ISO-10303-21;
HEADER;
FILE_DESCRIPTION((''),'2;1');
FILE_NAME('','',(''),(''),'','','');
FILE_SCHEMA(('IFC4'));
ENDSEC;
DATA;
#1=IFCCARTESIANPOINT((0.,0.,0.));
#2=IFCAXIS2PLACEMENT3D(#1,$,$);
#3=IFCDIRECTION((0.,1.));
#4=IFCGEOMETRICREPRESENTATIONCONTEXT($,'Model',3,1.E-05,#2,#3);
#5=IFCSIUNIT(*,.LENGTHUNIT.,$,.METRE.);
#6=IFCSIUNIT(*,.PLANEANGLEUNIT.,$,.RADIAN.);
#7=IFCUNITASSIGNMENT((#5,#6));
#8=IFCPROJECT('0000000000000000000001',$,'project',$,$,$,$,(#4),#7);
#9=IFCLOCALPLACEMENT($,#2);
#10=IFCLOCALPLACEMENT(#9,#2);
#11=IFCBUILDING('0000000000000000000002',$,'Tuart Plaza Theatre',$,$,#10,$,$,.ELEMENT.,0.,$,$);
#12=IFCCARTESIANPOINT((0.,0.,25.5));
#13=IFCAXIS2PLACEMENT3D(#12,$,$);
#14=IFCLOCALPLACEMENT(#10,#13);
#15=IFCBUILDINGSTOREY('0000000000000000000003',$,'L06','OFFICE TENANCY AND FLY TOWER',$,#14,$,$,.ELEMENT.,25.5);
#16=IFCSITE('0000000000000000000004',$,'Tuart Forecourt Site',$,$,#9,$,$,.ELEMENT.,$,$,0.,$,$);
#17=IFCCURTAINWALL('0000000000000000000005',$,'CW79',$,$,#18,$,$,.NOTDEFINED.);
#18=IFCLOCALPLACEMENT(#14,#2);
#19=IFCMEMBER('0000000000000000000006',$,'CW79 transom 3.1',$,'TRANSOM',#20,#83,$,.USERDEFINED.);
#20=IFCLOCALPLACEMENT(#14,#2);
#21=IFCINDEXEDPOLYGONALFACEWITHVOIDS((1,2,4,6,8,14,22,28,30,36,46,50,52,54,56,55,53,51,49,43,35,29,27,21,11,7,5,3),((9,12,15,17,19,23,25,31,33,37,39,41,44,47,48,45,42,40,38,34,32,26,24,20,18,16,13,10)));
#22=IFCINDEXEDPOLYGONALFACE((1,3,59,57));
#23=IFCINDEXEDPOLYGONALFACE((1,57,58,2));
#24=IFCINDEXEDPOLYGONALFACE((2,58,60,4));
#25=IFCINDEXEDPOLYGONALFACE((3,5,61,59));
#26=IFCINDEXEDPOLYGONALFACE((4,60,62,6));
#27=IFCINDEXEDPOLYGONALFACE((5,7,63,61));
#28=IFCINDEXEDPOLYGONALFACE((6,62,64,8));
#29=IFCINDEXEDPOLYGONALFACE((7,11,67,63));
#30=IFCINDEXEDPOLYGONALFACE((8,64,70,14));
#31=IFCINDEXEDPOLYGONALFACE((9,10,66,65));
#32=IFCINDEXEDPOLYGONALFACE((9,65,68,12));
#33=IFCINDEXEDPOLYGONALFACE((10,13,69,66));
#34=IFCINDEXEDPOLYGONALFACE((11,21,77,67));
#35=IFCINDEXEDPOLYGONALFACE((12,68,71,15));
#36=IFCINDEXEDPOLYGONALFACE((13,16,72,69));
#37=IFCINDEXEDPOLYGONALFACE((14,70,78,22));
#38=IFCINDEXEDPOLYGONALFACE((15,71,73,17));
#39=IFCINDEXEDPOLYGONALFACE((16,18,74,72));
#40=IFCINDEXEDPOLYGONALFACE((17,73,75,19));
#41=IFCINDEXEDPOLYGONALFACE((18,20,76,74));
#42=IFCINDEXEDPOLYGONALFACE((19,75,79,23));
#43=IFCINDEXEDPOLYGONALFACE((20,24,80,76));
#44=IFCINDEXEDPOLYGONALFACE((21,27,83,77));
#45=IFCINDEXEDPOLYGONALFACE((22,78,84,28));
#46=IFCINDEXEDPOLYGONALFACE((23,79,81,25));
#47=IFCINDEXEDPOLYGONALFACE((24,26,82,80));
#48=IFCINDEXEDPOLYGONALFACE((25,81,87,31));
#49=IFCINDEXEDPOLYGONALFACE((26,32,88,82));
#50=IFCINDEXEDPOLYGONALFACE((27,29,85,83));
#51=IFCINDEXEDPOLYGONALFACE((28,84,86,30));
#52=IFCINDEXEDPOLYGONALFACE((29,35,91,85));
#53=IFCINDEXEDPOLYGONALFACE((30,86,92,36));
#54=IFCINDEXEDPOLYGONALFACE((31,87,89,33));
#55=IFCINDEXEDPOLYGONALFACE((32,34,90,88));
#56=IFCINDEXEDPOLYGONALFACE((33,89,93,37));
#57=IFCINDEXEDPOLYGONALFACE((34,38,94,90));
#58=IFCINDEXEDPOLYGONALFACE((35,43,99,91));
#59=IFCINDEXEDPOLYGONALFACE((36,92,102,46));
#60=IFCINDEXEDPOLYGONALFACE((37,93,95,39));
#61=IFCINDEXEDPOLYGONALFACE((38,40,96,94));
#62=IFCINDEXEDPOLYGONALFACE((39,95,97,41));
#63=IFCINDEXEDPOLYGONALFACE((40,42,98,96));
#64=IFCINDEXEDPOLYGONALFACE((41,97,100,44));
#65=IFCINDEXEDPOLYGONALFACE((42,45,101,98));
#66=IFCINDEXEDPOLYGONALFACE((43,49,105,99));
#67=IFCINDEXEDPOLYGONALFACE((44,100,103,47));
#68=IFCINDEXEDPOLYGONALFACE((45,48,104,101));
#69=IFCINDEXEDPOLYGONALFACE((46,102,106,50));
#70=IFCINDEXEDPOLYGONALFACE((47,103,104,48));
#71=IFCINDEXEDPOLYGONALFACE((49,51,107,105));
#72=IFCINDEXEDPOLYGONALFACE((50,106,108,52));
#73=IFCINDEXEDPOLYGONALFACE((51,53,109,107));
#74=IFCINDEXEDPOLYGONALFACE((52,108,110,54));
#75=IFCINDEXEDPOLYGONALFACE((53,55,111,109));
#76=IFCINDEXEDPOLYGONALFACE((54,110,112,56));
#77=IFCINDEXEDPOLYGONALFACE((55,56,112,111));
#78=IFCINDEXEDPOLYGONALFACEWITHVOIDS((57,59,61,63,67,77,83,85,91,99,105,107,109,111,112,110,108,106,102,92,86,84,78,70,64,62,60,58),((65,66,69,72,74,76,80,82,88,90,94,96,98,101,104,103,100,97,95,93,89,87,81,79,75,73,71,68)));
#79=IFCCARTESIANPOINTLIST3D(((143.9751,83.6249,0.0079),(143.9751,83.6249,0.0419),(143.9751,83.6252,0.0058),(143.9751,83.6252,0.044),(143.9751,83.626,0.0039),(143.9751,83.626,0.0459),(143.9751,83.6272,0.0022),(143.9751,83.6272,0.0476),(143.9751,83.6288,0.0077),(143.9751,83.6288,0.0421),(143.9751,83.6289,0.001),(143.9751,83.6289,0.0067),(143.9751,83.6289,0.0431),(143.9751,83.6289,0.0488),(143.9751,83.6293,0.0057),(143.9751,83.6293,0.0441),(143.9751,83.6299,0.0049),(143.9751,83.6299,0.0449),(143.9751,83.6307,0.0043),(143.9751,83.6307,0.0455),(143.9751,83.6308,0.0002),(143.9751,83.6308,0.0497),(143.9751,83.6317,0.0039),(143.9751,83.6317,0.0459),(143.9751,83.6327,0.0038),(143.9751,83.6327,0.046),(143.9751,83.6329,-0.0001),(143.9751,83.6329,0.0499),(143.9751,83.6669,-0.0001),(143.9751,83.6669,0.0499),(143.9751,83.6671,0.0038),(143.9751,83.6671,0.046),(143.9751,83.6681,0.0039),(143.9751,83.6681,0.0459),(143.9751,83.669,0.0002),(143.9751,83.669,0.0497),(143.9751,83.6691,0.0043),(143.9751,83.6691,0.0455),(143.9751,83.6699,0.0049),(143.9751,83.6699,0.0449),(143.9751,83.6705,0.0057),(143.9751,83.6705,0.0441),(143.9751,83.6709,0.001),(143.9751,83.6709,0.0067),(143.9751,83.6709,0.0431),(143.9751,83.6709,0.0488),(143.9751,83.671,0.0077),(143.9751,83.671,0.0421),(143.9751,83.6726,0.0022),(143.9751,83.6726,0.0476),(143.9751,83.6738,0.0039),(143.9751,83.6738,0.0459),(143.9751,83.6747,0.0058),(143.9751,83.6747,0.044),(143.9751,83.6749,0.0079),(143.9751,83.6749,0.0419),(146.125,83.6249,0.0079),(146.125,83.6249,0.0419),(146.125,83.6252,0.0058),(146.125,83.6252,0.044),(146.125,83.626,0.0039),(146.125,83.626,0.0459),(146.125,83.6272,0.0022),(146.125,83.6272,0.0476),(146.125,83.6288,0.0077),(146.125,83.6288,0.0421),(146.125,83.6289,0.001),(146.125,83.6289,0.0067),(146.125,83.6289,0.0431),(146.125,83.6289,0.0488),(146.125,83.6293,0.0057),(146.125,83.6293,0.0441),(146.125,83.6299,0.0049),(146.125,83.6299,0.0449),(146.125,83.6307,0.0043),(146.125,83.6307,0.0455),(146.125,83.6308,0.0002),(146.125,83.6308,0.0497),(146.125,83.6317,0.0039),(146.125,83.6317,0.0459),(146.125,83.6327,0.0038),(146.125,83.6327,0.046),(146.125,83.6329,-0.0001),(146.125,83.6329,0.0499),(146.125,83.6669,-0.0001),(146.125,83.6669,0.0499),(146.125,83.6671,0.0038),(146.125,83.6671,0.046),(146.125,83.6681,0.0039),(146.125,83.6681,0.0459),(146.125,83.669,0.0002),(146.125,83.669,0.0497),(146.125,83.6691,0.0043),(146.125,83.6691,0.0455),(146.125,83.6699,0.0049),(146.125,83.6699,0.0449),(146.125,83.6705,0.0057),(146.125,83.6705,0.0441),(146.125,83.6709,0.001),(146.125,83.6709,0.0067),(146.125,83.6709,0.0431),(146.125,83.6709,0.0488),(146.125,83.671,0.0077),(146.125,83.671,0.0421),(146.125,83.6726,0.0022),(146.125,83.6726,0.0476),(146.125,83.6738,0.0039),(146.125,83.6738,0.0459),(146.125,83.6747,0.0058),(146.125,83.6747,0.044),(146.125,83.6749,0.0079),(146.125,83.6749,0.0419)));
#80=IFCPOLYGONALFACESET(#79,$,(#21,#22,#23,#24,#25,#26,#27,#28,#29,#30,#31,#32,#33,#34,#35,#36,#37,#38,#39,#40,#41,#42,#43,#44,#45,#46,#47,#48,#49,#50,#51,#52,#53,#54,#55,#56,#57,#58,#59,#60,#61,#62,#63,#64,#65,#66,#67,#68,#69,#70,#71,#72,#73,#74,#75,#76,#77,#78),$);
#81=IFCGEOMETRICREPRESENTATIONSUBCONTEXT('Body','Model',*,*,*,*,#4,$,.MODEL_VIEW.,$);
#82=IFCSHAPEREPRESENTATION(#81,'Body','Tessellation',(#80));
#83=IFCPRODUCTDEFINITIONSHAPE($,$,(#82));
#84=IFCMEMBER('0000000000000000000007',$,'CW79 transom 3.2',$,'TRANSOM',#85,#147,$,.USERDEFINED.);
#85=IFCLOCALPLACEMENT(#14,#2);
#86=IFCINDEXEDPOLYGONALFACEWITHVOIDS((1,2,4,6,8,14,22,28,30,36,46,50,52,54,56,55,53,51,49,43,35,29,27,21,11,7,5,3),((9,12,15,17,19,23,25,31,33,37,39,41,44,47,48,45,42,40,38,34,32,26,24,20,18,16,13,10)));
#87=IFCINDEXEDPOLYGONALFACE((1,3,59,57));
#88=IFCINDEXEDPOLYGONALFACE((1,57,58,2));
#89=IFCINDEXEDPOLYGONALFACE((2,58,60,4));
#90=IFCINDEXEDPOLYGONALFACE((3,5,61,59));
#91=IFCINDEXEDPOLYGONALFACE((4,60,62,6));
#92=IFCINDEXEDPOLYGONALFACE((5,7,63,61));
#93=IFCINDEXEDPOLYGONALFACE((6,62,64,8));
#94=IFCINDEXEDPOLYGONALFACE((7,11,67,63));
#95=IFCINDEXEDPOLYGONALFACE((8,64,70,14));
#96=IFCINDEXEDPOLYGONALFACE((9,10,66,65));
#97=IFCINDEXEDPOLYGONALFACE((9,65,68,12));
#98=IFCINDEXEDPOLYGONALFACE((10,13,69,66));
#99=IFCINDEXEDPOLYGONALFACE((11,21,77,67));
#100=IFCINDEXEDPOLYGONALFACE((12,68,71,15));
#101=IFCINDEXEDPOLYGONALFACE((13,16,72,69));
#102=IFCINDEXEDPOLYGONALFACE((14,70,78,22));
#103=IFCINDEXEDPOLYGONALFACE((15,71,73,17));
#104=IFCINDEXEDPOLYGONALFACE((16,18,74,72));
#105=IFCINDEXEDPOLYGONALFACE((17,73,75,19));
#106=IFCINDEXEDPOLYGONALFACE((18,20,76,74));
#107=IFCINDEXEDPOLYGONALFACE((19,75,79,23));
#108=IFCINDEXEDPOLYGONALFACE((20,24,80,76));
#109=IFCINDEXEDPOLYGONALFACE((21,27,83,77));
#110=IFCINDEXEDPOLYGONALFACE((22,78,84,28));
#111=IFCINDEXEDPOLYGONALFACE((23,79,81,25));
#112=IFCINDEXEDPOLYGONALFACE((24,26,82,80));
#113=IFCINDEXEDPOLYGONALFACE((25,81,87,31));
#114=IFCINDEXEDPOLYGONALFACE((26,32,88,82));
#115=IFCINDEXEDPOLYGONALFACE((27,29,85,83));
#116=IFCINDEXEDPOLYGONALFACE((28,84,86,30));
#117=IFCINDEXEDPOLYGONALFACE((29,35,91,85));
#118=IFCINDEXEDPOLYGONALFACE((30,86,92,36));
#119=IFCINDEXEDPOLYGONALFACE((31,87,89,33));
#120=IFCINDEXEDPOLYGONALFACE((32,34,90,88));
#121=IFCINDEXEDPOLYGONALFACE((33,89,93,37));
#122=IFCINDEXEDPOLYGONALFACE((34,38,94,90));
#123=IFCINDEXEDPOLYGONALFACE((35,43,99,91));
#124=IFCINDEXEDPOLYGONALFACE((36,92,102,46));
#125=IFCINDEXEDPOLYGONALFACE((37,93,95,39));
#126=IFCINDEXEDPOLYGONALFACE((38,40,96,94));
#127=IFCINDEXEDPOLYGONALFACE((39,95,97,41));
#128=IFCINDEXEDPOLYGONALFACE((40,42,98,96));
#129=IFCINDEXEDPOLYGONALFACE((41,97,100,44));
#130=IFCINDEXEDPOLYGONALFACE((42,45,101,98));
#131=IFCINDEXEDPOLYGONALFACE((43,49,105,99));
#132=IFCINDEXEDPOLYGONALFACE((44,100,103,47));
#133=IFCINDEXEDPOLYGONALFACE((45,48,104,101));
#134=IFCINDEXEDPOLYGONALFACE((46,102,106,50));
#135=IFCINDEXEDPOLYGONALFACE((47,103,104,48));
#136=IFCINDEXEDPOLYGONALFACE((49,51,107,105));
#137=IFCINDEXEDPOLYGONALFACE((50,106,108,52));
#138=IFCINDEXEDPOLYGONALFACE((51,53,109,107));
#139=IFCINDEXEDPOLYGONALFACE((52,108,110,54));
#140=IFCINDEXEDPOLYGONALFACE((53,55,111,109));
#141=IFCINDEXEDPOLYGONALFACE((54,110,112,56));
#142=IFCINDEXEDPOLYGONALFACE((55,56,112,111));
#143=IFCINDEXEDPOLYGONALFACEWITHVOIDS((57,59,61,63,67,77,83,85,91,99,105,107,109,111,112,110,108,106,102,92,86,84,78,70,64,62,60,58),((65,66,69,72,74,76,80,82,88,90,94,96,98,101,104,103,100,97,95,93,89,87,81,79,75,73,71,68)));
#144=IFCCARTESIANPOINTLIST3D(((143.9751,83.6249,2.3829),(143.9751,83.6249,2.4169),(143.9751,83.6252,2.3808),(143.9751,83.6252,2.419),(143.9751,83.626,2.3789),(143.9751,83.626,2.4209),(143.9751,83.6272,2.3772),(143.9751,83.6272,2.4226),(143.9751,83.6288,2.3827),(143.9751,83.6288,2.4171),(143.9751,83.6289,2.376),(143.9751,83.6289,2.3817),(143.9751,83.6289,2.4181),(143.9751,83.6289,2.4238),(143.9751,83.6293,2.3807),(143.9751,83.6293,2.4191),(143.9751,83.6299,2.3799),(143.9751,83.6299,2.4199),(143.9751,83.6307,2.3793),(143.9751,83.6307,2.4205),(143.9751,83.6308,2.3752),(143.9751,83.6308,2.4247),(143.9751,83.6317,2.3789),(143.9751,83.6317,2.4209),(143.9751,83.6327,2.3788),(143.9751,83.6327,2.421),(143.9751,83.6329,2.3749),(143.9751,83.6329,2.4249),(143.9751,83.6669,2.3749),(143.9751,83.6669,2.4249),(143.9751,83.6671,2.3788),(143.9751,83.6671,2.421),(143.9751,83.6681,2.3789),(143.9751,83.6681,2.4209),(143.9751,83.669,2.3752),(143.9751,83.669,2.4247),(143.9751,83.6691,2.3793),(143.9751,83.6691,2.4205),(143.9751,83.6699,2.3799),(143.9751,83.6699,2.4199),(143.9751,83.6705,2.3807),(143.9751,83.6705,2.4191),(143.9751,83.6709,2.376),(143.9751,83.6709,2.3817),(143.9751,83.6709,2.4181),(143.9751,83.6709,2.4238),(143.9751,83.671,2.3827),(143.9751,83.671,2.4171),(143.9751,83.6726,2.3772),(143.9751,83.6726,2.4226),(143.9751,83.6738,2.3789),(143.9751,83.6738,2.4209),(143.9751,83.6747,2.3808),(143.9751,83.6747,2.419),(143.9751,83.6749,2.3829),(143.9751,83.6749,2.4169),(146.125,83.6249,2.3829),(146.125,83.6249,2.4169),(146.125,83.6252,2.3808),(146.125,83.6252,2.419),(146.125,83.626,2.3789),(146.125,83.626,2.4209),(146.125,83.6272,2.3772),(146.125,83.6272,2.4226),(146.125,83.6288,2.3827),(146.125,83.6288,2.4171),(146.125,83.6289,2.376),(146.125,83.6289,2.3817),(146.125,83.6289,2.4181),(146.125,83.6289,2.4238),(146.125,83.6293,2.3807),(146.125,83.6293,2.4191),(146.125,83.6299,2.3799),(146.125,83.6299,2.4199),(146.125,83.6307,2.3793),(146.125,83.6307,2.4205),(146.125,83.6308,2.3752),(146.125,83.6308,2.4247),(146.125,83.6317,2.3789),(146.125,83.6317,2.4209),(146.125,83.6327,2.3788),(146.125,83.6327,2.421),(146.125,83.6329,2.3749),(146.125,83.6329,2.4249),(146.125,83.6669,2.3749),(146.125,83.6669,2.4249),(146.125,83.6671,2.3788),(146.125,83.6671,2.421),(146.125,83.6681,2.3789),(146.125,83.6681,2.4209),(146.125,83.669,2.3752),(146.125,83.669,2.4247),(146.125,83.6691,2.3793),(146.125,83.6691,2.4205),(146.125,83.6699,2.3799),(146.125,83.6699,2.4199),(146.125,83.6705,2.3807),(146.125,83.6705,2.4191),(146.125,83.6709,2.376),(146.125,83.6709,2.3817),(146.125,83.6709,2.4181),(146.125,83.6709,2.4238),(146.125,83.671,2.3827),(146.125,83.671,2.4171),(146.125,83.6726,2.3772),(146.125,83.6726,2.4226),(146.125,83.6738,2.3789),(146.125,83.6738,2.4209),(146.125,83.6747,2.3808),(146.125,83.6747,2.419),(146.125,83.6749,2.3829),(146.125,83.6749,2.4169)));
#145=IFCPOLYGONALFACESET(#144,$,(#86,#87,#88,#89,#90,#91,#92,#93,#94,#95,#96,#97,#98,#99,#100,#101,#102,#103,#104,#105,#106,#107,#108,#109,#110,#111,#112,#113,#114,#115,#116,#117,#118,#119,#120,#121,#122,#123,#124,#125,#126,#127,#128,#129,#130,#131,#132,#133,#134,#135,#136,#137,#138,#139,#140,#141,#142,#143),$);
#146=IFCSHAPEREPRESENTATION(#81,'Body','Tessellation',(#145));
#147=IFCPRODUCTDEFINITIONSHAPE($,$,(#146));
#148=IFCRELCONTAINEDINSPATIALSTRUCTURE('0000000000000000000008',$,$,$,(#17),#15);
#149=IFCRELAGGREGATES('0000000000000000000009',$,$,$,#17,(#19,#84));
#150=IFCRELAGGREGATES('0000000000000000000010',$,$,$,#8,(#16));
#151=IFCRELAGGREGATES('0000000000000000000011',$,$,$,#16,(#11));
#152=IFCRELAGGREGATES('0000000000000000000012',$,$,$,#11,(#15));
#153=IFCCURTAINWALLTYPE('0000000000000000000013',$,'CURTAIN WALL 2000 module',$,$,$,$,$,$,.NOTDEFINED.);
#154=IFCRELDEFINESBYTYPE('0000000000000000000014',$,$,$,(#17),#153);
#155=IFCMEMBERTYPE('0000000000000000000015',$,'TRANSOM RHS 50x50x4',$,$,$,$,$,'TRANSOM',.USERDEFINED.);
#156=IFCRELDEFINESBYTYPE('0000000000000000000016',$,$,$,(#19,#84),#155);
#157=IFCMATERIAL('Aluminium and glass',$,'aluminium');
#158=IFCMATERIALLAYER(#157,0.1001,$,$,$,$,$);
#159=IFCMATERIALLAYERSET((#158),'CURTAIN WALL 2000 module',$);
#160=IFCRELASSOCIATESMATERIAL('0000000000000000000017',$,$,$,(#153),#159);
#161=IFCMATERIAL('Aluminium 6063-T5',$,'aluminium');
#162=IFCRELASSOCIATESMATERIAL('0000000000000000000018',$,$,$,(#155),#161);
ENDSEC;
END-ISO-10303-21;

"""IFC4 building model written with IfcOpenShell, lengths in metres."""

from ifc_helpers import new_model, si_unit, direction, frame, origin, origin_2d, place, context, subcontext, project, spatial, hollow_rectangle, extrude, material, layer, layer_set, material_profile, profile_set, type_object, element, aggregate, save


model = new_model("IFC4")

# Units and contexts
model_context = context("Model", 3, precision=1e-05, world=origin(), true_north=direction((0.0, 1.0)))
body_context = subcontext(model_context, "Body", "Model", "MODEL_VIEW")
ifc_project = project(units=[si_unit("LENGTHUNIT", "METRE"), si_unit("PLANEANGLEUNIT", "RADIAN")], contexts=[model_context])

# Site, building, storey
site_placement = place(None, origin())
site = spatial("IfcSite", under=ifc_project, at=site_placement, Name="Tuart Forecourt Site", CompositionType="ELEMENT", RefElevation=0.0)
building_placement = place(site_placement, origin())
building = spatial("IfcBuilding", under=site, at=building_placement, Name="Tuart Plaza Theatre", CompositionType="ELEMENT", ElevationOfRefHeight=0.0)
storey_placement = place(building_placement, frame((0.0, 0.0, 25.5)))
storey = spatial("IfcBuildingStorey", under=building, at=storey_placement, Name="L06", Description="OFFICE TENANCY AND FLY TOWER", CompositionType="ELEMENT", Elevation=25.5)

# Shared definitions
ifc_material_1 = material(Name="Aluminium and glass", Category="aluminium")
ifc_layer_1 = layer(ifc_material_1, 0.1001)
ifc_layer_set_1 = layer_set([ifc_layer_1], Name="CURTAIN WALL 2000 module")
curtain_wall_type = type_object("IfcCurtainWallType", Name="CURTAIN WALL 2000 module", PredefinedType="NOTDEFINED", material=ifc_layer_set_1)

# Curtain wall
curtain_wall_1_placement = place(storey_placement, origin())
curtain_wall_1 = element("IfcCurtainWall", 1, at=curtain_wall_1_placement, inside=storey, type_object=curtain_wall_type, Name="CW79", PredefinedType="NOTDEFINED")

# Members
ifc_material_2 = material(Name="Aluminium 6063-T5", Category="aluminium")
ifc_material_profile_1 = material_profile(ifc_material_2, hollow_rectangle(XDim=0.05, YDim=0.05, WallThickness=0.0039, InnerFilletRadius=0.0039, OuterFilletRadius=0.0081, at=origin_2d()), Name="RHS 50x50x4")
ifc_profile_set_1 = profile_set([ifc_material_profile_1], Name="Aluminium 6063-T5")
member_type_1 = type_object("IfcMemberType", Name="TRANSOM RHS 50x50x4", ElementType="TRANSOM", PredefinedType="USERDEFINED", material=ifc_profile_set_1)
member_1_placement = place(storey_placement, frame((146.125, 83.6499, 0.0249), z_axis=(-1.0, 0.0, 0.0), x_axis=(0.0, -1.0, 0.0)))
member_1 = element("IfcMember", 2, at=member_1_placement, type_object=member_type_1, Name="CW79 transom 3.1", ObjectType="TRANSOM", PredefinedType="USERDEFINED", context=body_context, shape_type="SweptSolid", body=[
    extrude(hollow_rectangle(XDim=0.05, YDim=0.05, WallThickness=0.0039, InnerFilletRadius=0.0039, OuterFilletRadius=0.0081, at=origin_2d()), origin(), (0.0, 0.0, 1.0), 2.1499),
])
member_2_placement = place(storey_placement, frame((146.125, 83.6499, 2.3999), z_axis=(-1.0, 0.0, 0.0), x_axis=(0.0, -1.0, 0.0)))
member_2 = element("IfcMember", 3, at=member_2_placement, type_object=member_type_1, Name="CW79 transom 3.2", ObjectType="TRANSOM", PredefinedType="USERDEFINED", context=body_context, shape_type="SweptSolid", body=[
    extrude(hollow_rectangle(XDim=0.05, YDim=0.05, WallThickness=0.0039, InnerFilletRadius=0.0039, OuterFilletRadius=0.0081, at=origin_2d()), origin(), (0.0, 0.0, 1.0), 2.1499),
])

aggregate(curtain_wall_1, [member_1, member_2])

save(model, "model.ifc")
